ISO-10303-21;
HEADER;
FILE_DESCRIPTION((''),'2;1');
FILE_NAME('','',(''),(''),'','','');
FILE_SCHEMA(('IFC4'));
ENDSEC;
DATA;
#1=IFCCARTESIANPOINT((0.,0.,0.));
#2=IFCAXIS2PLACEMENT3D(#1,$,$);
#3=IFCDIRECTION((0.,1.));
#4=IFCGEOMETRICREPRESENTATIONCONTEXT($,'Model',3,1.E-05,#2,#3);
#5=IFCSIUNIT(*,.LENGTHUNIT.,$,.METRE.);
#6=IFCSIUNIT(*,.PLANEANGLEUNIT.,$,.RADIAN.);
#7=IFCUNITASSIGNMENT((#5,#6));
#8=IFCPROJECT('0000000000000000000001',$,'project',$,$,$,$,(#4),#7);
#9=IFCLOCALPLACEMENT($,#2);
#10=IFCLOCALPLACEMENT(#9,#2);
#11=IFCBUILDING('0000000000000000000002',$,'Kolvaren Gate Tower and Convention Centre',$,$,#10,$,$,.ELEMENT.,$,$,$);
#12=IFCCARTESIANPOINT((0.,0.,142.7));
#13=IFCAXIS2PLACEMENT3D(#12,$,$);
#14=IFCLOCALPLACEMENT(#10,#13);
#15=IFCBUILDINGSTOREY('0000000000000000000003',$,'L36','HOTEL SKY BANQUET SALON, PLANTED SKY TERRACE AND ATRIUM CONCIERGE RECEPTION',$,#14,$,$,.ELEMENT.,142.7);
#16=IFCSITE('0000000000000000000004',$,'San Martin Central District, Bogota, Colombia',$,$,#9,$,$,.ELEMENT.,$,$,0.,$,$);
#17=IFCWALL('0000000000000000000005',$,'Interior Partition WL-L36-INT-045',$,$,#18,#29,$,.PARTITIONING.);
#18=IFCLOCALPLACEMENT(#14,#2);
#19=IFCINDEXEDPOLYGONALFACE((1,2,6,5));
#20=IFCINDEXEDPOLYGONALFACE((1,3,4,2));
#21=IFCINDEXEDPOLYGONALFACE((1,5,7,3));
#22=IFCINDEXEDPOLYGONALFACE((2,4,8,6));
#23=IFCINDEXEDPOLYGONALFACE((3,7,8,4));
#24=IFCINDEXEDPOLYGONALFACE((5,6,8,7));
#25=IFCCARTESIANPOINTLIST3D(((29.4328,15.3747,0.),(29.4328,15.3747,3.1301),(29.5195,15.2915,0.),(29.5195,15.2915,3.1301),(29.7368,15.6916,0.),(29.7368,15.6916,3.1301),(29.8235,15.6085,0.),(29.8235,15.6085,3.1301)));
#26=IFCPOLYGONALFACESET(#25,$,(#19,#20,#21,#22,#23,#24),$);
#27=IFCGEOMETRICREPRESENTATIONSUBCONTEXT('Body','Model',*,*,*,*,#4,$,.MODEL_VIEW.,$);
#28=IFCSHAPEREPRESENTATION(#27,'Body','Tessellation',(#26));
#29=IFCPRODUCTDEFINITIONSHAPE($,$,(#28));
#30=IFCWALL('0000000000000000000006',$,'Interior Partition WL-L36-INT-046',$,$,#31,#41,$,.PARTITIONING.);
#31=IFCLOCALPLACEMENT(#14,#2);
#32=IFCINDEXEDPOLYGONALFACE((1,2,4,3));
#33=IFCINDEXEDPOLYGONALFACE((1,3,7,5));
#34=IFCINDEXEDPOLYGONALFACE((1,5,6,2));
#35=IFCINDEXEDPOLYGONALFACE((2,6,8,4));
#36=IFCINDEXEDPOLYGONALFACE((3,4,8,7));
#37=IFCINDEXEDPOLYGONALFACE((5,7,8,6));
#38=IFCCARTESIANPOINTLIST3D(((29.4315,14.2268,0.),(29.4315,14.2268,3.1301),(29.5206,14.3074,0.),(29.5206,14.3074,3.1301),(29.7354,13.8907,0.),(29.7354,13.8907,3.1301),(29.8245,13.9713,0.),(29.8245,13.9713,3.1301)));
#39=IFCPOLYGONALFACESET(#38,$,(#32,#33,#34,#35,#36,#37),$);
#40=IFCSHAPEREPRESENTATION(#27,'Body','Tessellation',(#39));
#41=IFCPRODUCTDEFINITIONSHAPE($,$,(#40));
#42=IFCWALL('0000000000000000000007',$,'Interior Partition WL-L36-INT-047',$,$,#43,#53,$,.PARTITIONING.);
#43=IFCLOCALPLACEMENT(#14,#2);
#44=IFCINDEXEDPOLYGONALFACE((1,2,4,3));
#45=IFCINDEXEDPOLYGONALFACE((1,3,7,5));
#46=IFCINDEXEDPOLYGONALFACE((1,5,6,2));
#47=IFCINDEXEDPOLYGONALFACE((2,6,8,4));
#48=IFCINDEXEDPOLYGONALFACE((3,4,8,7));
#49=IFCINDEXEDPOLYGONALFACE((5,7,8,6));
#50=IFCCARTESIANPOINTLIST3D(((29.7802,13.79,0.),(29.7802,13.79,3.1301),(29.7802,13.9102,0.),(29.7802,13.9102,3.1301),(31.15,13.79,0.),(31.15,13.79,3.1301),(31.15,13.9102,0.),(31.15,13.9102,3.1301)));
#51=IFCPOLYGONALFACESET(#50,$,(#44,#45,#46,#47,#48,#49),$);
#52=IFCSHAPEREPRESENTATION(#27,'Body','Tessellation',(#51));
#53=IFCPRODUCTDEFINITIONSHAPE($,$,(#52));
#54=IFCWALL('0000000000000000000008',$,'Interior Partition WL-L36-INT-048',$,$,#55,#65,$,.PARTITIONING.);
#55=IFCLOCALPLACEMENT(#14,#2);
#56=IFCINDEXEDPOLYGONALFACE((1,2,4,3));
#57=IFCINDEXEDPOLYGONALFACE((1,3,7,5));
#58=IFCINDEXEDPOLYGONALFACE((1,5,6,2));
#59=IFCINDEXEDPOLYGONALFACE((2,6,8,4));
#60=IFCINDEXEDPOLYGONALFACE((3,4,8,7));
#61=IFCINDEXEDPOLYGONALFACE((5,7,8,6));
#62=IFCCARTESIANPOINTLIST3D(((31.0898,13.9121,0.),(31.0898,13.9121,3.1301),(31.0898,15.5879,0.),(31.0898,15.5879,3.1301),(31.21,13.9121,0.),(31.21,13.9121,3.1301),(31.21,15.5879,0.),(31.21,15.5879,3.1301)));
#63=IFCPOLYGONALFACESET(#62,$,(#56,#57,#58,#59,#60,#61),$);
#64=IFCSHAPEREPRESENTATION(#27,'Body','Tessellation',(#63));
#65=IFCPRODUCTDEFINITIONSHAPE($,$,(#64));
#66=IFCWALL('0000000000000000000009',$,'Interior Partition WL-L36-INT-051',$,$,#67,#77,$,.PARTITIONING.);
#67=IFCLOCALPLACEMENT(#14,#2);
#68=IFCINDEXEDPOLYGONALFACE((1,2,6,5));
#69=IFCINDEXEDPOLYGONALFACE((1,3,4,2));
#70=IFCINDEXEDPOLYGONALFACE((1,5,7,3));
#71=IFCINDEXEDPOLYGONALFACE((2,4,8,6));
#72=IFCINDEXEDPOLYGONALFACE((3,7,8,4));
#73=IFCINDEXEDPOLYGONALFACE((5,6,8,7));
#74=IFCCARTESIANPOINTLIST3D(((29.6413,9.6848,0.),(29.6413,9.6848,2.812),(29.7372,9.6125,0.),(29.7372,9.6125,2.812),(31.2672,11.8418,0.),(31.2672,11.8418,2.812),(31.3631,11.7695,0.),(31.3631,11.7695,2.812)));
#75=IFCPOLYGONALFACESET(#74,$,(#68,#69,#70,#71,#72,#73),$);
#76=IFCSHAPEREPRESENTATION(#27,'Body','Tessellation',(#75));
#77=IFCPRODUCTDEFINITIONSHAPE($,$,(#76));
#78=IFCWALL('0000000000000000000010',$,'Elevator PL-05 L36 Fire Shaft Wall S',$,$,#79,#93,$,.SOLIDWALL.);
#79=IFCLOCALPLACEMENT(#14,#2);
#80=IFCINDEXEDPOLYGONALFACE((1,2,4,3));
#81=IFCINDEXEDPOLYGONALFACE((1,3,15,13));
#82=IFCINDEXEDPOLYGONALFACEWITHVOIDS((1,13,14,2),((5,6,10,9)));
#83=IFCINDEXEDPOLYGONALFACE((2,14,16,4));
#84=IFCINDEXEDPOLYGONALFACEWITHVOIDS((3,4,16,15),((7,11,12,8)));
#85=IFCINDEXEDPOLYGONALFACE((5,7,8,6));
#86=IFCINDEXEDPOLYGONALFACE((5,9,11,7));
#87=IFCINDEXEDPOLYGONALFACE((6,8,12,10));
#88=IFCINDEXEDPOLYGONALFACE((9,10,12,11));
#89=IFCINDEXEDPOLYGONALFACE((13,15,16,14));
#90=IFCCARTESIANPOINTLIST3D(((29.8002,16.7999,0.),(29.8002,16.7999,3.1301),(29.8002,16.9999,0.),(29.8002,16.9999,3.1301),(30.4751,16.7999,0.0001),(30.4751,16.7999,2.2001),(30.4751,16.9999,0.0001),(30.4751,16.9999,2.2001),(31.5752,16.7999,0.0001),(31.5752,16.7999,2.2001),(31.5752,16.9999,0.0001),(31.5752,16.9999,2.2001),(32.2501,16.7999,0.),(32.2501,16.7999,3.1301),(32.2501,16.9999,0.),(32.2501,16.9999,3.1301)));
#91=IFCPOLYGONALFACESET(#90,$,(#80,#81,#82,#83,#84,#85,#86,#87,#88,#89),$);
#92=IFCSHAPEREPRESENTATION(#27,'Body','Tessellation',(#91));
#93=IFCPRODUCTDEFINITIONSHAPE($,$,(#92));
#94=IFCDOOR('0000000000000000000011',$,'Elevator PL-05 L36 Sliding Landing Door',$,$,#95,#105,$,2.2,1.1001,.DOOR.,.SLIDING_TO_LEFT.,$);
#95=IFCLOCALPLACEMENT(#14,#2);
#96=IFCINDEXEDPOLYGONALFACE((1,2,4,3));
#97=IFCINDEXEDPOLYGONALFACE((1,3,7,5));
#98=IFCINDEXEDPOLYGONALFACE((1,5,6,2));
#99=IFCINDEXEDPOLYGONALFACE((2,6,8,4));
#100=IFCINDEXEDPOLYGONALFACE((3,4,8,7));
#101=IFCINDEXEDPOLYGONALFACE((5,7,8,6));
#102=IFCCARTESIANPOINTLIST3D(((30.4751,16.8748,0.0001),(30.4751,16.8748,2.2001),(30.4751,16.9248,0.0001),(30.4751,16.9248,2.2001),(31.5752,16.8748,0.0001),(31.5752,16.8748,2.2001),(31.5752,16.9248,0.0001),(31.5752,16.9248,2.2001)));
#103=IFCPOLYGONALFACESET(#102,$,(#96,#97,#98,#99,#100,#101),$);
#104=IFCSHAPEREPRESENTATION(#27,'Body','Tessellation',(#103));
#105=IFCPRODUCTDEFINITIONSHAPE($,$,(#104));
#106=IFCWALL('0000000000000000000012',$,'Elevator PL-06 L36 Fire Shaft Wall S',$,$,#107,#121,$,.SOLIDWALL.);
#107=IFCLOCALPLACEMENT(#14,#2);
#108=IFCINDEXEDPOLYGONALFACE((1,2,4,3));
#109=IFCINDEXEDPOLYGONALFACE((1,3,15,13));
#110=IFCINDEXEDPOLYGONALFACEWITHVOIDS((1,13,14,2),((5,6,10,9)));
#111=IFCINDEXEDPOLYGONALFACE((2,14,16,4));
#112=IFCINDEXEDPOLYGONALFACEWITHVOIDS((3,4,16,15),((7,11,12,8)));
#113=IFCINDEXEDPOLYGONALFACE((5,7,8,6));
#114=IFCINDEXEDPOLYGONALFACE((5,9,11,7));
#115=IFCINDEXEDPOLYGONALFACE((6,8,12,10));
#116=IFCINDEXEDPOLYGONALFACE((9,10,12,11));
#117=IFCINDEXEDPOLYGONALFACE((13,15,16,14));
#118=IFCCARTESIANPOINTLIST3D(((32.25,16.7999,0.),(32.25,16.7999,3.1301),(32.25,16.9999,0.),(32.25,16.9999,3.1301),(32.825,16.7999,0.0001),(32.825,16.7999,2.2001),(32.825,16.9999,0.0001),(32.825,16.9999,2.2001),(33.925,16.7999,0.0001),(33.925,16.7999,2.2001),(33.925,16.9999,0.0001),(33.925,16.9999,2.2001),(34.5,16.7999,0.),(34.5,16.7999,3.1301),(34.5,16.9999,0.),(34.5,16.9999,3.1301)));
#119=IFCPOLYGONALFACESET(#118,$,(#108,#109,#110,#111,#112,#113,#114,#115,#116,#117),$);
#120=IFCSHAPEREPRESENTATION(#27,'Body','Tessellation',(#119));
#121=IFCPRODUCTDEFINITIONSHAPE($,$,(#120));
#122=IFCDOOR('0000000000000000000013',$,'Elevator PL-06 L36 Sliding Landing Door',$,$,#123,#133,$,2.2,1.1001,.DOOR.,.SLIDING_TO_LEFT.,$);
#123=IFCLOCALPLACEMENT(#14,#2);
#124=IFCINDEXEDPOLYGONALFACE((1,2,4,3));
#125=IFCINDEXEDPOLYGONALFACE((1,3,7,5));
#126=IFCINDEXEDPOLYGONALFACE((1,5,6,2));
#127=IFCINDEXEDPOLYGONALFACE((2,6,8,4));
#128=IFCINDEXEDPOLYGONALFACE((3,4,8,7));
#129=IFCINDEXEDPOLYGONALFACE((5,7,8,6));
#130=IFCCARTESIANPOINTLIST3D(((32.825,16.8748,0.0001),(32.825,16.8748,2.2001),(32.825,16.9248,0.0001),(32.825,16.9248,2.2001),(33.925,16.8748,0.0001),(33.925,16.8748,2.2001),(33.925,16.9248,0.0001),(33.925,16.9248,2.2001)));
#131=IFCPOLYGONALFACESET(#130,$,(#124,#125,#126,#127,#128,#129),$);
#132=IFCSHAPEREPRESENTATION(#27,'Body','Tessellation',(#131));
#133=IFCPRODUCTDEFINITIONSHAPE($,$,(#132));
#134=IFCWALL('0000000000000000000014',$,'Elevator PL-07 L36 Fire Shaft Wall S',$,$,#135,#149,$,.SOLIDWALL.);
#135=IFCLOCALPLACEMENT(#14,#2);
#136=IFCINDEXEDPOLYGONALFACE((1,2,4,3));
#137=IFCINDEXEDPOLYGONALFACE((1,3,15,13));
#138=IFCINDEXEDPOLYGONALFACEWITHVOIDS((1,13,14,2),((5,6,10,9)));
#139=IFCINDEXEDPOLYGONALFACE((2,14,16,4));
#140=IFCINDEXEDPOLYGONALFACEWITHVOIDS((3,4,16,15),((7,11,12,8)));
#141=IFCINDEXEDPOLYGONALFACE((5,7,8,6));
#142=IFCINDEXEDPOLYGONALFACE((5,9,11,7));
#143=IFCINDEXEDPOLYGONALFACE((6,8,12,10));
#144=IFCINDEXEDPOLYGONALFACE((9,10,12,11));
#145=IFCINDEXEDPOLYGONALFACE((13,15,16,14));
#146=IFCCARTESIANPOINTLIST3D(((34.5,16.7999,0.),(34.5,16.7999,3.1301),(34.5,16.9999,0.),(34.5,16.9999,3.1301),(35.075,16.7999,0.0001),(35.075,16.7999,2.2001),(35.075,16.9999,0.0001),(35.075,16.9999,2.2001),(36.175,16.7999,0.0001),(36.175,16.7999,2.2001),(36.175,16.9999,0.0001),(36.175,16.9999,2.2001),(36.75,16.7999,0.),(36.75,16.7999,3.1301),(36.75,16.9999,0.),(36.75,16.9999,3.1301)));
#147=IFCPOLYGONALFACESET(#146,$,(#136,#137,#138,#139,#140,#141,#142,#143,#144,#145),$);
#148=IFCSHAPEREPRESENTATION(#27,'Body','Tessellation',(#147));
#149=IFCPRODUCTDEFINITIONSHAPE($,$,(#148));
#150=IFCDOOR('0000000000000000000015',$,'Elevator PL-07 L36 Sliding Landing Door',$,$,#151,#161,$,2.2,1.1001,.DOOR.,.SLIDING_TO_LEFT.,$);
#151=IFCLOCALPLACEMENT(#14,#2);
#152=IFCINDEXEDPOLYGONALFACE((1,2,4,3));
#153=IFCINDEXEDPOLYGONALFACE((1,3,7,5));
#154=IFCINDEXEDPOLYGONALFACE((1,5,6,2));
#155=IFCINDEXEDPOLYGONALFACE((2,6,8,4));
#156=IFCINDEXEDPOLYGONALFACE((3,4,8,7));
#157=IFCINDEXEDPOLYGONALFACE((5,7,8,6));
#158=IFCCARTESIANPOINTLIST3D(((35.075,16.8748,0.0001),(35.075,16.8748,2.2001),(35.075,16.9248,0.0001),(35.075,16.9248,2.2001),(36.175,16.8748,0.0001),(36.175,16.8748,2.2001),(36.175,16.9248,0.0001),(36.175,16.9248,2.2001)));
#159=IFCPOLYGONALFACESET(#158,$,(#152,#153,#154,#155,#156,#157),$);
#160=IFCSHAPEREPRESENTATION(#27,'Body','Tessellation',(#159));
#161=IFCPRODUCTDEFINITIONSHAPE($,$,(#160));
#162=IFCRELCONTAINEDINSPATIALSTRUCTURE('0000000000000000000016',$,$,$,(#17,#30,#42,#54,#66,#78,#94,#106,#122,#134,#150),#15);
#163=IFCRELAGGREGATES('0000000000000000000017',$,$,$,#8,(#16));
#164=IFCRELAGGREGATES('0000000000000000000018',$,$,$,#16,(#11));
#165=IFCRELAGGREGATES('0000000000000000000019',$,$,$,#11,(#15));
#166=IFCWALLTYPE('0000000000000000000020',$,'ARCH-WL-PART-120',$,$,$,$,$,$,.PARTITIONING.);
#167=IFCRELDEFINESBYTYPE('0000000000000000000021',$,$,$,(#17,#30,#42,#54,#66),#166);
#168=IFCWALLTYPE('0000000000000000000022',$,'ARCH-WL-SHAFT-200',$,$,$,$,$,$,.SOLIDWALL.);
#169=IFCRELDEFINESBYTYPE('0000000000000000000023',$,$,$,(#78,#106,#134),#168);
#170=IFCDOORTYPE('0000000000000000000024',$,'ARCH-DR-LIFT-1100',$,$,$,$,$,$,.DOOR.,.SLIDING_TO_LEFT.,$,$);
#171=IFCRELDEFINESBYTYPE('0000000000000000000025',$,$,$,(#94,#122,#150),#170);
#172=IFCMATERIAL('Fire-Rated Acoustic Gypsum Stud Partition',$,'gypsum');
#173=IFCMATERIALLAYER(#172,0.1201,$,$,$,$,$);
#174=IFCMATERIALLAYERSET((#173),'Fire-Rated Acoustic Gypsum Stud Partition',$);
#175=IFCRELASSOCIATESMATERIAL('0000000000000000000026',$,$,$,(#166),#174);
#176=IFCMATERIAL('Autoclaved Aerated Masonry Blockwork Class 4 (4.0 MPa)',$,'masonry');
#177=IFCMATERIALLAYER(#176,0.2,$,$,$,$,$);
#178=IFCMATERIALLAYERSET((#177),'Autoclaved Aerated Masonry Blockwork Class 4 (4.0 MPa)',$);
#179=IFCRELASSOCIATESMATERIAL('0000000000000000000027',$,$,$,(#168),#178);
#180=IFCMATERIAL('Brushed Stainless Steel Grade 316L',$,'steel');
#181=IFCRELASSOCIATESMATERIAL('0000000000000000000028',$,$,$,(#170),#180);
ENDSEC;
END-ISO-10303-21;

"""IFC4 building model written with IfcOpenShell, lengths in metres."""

from ifc_helpers import new_model, si_unit, direction, frame, frame_2d, origin, place, context, subcontext, project, spatial, rectangle, extrude, material, layer, layer_set, type_object, element, fill, save


model = new_model("IFC4")

# Units and contexts
model_context = context("Model", 3, precision=1e-05, world=origin(), true_north=direction((0.0, 1.0)))
body_context = subcontext(model_context, "Body", "Model", "MODEL_VIEW")
ifc_project = project(units=[si_unit("LENGTHUNIT", "METRE"), si_unit("PLANEANGLEUNIT", "RADIAN")], contexts=[model_context])

# Site, building, storey
site_placement = place(None, origin())
site = spatial("IfcSite", under=ifc_project, at=site_placement, Name="San Martin Central District, Bogota, Colombia", CompositionType="ELEMENT", RefElevation=0.0)
building_placement = place(site_placement, origin())
building = spatial("IfcBuilding", under=site, at=building_placement, Name="Kolvaren Gate Tower and Convention Centre", CompositionType="ELEMENT")
storey_placement = place(building_placement, frame((0.0, 0.0, 142.7)))
storey = spatial("IfcBuildingStorey", under=building, at=storey_placement, Name="L36", Description="HOTEL SKY BANQUET SALON, PLANTED SKY TERRACE AND ATRIUM CONCIERGE RECEPTION", CompositionType="ELEMENT", Elevation=142.7)

# Shared definitions
ifc_material_1 = material(Name="Fire-Rated Acoustic Gypsum Stud Partition", Category="gypsum")
ifc_layer_1 = layer(ifc_material_1, 0.1201)
ifc_layer_set_1 = layer_set([ifc_layer_1], Name="Fire-Rated Acoustic Gypsum Stud Partition")
wall_type_1 = type_object("IfcWallType", Name="ARCH-WL-PART-120", PredefinedType="PARTITIONING", material=ifc_layer_set_1)

# Walls
wall_1_placement = place(storey_placement, frame((29.4761, 15.333, 0.0), z_axis=(0.0, 0.0, 1.0), x_axis=(0.692219, 0.721687, 0.0)))
element("IfcWall", 1, at=wall_1_placement, inside=storey, type_object=wall_type_1, Name="Interior Partition WL-L36-INT-045", PredefinedType="PARTITIONING", context=body_context, shape_type="SweptSolid", body=[
    extrude(rectangle(XDim=0.4392, YDim=0.1201, at=frame_2d((0.2197, 0.0))), origin(), (0.0, 0.0, 1.0), 3.1301),
])
wall_2_placement = place(storey_placement, frame((29.4761, 14.2671, 0.0), z_axis=(0.0, 0.0, 1.0), x_axis=(0.670659, -0.741765, 0.0)))
element("IfcWall", 2, at=wall_2_placement, inside=storey, type_object=wall_type_1, Name="Interior Partition WL-L36-INT-046", PredefinedType="PARTITIONING", context=body_context, shape_type="SweptSolid", body=[
    extrude(rectangle(XDim=0.4531, YDim=0.1201, at=frame_2d((0.2266, 0.0))), origin(), (0.0, 0.0, 1.0), 3.1301),
])
wall_3_placement = place(storey_placement, frame((29.78, 13.8501, 0.0), z_axis=(0.0, 0.0, 1.0), x_axis=(1.0, 0.0, 0.0)))
element("IfcWall", 3, at=wall_3_placement, inside=storey, type_object=wall_type_1, Name="Interior Partition WL-L36-INT-047", PredefinedType="PARTITIONING", context=body_context, shape_type="SweptSolid", body=[
    extrude(rectangle(XDim=1.3699, YDim=0.1201, at=frame_2d((0.6851, 0.0))), origin(), (0.0, 0.0, 1.0), 3.1301),
])
wall_4_placement = place(storey_placement, frame((31.1499, 13.9121, 0.0), z_axis=(0.0, 0.0, 1.0), x_axis=(0.0, 1.0, 0.0)))
element("IfcWall", 4, at=wall_4_placement, inside=storey, type_object=wall_type_1, Name="Interior Partition WL-L36-INT-048", PredefinedType="PARTITIONING", context=body_context, shape_type="SweptSolid", body=[
    extrude(rectangle(XDim=1.6758, YDim=0.1201, at=frame_2d((0.8379, 0.0))), origin(), (0.0, 0.0, 1.0), 3.1301),
])
wall_5_placement = place(storey_placement, frame((29.6892, 9.6487, 0.0), z_axis=(0.0, 0.0, 1.0), x_axis=(0.60195, 0.798533, 0.0)))
element("IfcWall", 5, at=wall_5_placement, inside=storey, type_object=wall_type_1, Name="Interior Partition WL-L36-INT-051", PredefinedType="PARTITIONING", context=body_context, shape_type="SweptSolid", body=[
    extrude(rectangle(XDim=2.7012, YDim=0.1201, at=frame_2d((1.3506, 0.0))), origin(), (0.0, 0.0, 1.0), 2.812),
])

# Walls, openings, doors
ifc_material_2 = material(Name="Autoclaved Aerated Masonry Blockwork Class 4 (4.0 MPa)", Category="masonry")
ifc_layer_2 = layer(ifc_material_2, 0.2)
ifc_layer_set_2 = layer_set([ifc_layer_2], Name="Autoclaved Aerated Masonry Blockwork Class 4 (4.0 MPa)")
wall_type_2 = type_object("IfcWallType", Name="ARCH-WL-SHAFT-200", PredefinedType="SOLIDWALL", material=ifc_layer_set_2)
wall_6_placement = place(storey_placement, frame((29.8, 16.8999, 0.0), z_axis=(0.0, 0.0, 1.0), x_axis=(1.0, 0.0, 0.0)))
wall_6 = element("IfcWall", 6, at=wall_6_placement, inside=storey, type_object=wall_type_2, Name="Elevator PL-05 L36 Fire Shaft Wall S", PredefinedType="SOLIDWALL", context=body_context, shape_type="SweptSolid", body=[
    extrude(rectangle(XDim=2.45, YDim=0.2, at=frame_2d((1.2251, 0.0))), origin(), (0.0, 0.0, 1.0), 3.1301),
])
opening_1_placement = place(wall_6_placement, frame((0.675, 0.0, 0.0)))
opening_1 = element("IfcOpeningElement", 7, at=opening_1_placement, cuts=wall_6, PredefinedType="OPENING", context=body_context, shape_type="SweptSolid", body=[
    extrude(rectangle(XDim=1.1001, YDim=2.2, at=frame_2d((0.55, 1.1001))), frame((0.0, 0.1099, 0.0), z_axis=(0.0, -1.0, 0.0), x_axis=(1.0, 0.0, 0.0)), (0.0, 0.0, 1.0), 0.22),
])
ifc_material_3 = material(Name="Brushed Stainless Steel Grade 316L", Category="steel")
door_type_1 = type_object("IfcDoorType", Name="ARCH-DR-LIFT-1100", OperationType="SLIDING_TO_LEFT", PredefinedType="DOOR", material=ifc_material_3)
door_1_placement = place(opening_1_placement, origin())
door_1 = element("IfcDoor", 8, at=door_1_placement, inside=storey, type_object=door_type_1, Name="Elevator PL-05 L36 Sliding Landing Door", OperationType="SLIDING_TO_LEFT", OverallHeight=2.2, OverallWidth=1.1001, PredefinedType="DOOR", context=body_context, shape_type="SweptSolid", body=[
    extrude(rectangle(XDim=1.1001, YDim=2.2, at=frame_2d((0.55, 1.1001))), frame((0.0, 0.0249, 0.0), z_axis=(0.0, -1.0, 0.0), x_axis=(1.0, 0.0, 0.0)), (0.0, 0.0, 1.0), 0.05),
])
fill(opening_1, door_1)
wall_7_placement = place(storey_placement, frame((32.25, 16.8999, 0.0), z_axis=(0.0, 0.0, 1.0), x_axis=(1.0, 0.0, 0.0)))
wall_7 = element("IfcWall", 9, at=wall_7_placement, inside=storey, type_object=wall_type_2, Name="Elevator PL-06 L36 Fire Shaft Wall S", PredefinedType="SOLIDWALL", context=body_context, shape_type="SweptSolid", body=[
    extrude(rectangle(XDim=2.25, YDim=0.2, at=frame_2d((1.125, 0.0))), origin(), (0.0, 0.0, 1.0), 3.1301),
])
opening_2_placement = place(wall_7_placement, frame((0.575, 0.0, 0.0)))
opening_2 = element("IfcOpeningElement", 10, at=opening_2_placement, cuts=wall_7, PredefinedType="OPENING", context=body_context, shape_type="SweptSolid", body=[
    extrude(rectangle(XDim=1.1001, YDim=2.2, at=frame_2d((0.55, 1.1001))), frame((0.0, 0.1099, 0.0), z_axis=(0.0, -1.0, 0.0), x_axis=(1.0, 0.0, 0.0)), (0.0, 0.0, 1.0), 0.22),
])
door_2_placement = place(opening_2_placement, origin())
door_2 = element("IfcDoor", 11, at=door_2_placement, inside=storey, type_object=door_type_1, Name="Elevator PL-06 L36 Sliding Landing Door", OperationType="SLIDING_TO_LEFT", OverallHeight=2.2, OverallWidth=1.1001, PredefinedType="DOOR", context=body_context, shape_type="SweptSolid", body=[
    extrude(rectangle(XDim=1.1001, YDim=2.2, at=frame_2d((0.55, 1.1001))), frame((0.0, 0.0249, 0.0), z_axis=(0.0, -1.0, 0.0), x_axis=(1.0, 0.0, 0.0)), (0.0, 0.0, 1.0), 0.05),
])
fill(opening_2, door_2)
wall_8_placement = place(storey_placement, frame((34.5, 16.8999, 0.0), z_axis=(0.0, 0.0, 1.0), x_axis=(1.0, 0.0, 0.0)))
wall_8 = element("IfcWall", 12, at=wall_8_placement, inside=storey, type_object=wall_type_2, Name="Elevator PL-07 L36 Fire Shaft Wall S", PredefinedType="SOLIDWALL", context=body_context, shape_type="SweptSolid", body=[
    extrude(rectangle(XDim=2.25, YDim=0.2, at=frame_2d((1.125, 0.0))), origin(), (0.0, 0.0, 1.0), 3.1301),
])
opening_3_placement = place(wall_8_placement, frame((0.575, 0.0, 0.0)))
opening_3 = element("IfcOpeningElement", 13, at=opening_3_placement, cuts=wall_8, PredefinedType="OPENING", context=body_context, shape_type="SweptSolid", body=[
    extrude(rectangle(XDim=1.1001, YDim=2.2, at=frame_2d((0.55, 1.1001))), frame((0.0, 0.1099, 0.0), z_axis=(0.0, -1.0, 0.0), x_axis=(1.0, 0.0, 0.0)), (0.0, 0.0, 1.0), 0.22),
])
door_3_placement = place(opening_3_placement, origin())
door_3 = element("IfcDoor", 14, at=door_3_placement, inside=storey, type_object=door_type_1, Name="Elevator PL-07 L36 Sliding Landing Door", OperationType="SLIDING_TO_LEFT", OverallHeight=2.2, OverallWidth=1.1001, PredefinedType="DOOR", context=body_context, shape_type="SweptSolid", body=[
    extrude(rectangle(XDim=1.1001, YDim=2.2, at=frame_2d((0.55, 1.1001))), frame((0.0, 0.0249, 0.0), z_axis=(0.0, -1.0, 0.0), x_axis=(1.0, 0.0, 0.0)), (0.0, 0.0, 1.0), 0.05),
])
fill(opening_3, door_3)

save(model, "model.ifc")
